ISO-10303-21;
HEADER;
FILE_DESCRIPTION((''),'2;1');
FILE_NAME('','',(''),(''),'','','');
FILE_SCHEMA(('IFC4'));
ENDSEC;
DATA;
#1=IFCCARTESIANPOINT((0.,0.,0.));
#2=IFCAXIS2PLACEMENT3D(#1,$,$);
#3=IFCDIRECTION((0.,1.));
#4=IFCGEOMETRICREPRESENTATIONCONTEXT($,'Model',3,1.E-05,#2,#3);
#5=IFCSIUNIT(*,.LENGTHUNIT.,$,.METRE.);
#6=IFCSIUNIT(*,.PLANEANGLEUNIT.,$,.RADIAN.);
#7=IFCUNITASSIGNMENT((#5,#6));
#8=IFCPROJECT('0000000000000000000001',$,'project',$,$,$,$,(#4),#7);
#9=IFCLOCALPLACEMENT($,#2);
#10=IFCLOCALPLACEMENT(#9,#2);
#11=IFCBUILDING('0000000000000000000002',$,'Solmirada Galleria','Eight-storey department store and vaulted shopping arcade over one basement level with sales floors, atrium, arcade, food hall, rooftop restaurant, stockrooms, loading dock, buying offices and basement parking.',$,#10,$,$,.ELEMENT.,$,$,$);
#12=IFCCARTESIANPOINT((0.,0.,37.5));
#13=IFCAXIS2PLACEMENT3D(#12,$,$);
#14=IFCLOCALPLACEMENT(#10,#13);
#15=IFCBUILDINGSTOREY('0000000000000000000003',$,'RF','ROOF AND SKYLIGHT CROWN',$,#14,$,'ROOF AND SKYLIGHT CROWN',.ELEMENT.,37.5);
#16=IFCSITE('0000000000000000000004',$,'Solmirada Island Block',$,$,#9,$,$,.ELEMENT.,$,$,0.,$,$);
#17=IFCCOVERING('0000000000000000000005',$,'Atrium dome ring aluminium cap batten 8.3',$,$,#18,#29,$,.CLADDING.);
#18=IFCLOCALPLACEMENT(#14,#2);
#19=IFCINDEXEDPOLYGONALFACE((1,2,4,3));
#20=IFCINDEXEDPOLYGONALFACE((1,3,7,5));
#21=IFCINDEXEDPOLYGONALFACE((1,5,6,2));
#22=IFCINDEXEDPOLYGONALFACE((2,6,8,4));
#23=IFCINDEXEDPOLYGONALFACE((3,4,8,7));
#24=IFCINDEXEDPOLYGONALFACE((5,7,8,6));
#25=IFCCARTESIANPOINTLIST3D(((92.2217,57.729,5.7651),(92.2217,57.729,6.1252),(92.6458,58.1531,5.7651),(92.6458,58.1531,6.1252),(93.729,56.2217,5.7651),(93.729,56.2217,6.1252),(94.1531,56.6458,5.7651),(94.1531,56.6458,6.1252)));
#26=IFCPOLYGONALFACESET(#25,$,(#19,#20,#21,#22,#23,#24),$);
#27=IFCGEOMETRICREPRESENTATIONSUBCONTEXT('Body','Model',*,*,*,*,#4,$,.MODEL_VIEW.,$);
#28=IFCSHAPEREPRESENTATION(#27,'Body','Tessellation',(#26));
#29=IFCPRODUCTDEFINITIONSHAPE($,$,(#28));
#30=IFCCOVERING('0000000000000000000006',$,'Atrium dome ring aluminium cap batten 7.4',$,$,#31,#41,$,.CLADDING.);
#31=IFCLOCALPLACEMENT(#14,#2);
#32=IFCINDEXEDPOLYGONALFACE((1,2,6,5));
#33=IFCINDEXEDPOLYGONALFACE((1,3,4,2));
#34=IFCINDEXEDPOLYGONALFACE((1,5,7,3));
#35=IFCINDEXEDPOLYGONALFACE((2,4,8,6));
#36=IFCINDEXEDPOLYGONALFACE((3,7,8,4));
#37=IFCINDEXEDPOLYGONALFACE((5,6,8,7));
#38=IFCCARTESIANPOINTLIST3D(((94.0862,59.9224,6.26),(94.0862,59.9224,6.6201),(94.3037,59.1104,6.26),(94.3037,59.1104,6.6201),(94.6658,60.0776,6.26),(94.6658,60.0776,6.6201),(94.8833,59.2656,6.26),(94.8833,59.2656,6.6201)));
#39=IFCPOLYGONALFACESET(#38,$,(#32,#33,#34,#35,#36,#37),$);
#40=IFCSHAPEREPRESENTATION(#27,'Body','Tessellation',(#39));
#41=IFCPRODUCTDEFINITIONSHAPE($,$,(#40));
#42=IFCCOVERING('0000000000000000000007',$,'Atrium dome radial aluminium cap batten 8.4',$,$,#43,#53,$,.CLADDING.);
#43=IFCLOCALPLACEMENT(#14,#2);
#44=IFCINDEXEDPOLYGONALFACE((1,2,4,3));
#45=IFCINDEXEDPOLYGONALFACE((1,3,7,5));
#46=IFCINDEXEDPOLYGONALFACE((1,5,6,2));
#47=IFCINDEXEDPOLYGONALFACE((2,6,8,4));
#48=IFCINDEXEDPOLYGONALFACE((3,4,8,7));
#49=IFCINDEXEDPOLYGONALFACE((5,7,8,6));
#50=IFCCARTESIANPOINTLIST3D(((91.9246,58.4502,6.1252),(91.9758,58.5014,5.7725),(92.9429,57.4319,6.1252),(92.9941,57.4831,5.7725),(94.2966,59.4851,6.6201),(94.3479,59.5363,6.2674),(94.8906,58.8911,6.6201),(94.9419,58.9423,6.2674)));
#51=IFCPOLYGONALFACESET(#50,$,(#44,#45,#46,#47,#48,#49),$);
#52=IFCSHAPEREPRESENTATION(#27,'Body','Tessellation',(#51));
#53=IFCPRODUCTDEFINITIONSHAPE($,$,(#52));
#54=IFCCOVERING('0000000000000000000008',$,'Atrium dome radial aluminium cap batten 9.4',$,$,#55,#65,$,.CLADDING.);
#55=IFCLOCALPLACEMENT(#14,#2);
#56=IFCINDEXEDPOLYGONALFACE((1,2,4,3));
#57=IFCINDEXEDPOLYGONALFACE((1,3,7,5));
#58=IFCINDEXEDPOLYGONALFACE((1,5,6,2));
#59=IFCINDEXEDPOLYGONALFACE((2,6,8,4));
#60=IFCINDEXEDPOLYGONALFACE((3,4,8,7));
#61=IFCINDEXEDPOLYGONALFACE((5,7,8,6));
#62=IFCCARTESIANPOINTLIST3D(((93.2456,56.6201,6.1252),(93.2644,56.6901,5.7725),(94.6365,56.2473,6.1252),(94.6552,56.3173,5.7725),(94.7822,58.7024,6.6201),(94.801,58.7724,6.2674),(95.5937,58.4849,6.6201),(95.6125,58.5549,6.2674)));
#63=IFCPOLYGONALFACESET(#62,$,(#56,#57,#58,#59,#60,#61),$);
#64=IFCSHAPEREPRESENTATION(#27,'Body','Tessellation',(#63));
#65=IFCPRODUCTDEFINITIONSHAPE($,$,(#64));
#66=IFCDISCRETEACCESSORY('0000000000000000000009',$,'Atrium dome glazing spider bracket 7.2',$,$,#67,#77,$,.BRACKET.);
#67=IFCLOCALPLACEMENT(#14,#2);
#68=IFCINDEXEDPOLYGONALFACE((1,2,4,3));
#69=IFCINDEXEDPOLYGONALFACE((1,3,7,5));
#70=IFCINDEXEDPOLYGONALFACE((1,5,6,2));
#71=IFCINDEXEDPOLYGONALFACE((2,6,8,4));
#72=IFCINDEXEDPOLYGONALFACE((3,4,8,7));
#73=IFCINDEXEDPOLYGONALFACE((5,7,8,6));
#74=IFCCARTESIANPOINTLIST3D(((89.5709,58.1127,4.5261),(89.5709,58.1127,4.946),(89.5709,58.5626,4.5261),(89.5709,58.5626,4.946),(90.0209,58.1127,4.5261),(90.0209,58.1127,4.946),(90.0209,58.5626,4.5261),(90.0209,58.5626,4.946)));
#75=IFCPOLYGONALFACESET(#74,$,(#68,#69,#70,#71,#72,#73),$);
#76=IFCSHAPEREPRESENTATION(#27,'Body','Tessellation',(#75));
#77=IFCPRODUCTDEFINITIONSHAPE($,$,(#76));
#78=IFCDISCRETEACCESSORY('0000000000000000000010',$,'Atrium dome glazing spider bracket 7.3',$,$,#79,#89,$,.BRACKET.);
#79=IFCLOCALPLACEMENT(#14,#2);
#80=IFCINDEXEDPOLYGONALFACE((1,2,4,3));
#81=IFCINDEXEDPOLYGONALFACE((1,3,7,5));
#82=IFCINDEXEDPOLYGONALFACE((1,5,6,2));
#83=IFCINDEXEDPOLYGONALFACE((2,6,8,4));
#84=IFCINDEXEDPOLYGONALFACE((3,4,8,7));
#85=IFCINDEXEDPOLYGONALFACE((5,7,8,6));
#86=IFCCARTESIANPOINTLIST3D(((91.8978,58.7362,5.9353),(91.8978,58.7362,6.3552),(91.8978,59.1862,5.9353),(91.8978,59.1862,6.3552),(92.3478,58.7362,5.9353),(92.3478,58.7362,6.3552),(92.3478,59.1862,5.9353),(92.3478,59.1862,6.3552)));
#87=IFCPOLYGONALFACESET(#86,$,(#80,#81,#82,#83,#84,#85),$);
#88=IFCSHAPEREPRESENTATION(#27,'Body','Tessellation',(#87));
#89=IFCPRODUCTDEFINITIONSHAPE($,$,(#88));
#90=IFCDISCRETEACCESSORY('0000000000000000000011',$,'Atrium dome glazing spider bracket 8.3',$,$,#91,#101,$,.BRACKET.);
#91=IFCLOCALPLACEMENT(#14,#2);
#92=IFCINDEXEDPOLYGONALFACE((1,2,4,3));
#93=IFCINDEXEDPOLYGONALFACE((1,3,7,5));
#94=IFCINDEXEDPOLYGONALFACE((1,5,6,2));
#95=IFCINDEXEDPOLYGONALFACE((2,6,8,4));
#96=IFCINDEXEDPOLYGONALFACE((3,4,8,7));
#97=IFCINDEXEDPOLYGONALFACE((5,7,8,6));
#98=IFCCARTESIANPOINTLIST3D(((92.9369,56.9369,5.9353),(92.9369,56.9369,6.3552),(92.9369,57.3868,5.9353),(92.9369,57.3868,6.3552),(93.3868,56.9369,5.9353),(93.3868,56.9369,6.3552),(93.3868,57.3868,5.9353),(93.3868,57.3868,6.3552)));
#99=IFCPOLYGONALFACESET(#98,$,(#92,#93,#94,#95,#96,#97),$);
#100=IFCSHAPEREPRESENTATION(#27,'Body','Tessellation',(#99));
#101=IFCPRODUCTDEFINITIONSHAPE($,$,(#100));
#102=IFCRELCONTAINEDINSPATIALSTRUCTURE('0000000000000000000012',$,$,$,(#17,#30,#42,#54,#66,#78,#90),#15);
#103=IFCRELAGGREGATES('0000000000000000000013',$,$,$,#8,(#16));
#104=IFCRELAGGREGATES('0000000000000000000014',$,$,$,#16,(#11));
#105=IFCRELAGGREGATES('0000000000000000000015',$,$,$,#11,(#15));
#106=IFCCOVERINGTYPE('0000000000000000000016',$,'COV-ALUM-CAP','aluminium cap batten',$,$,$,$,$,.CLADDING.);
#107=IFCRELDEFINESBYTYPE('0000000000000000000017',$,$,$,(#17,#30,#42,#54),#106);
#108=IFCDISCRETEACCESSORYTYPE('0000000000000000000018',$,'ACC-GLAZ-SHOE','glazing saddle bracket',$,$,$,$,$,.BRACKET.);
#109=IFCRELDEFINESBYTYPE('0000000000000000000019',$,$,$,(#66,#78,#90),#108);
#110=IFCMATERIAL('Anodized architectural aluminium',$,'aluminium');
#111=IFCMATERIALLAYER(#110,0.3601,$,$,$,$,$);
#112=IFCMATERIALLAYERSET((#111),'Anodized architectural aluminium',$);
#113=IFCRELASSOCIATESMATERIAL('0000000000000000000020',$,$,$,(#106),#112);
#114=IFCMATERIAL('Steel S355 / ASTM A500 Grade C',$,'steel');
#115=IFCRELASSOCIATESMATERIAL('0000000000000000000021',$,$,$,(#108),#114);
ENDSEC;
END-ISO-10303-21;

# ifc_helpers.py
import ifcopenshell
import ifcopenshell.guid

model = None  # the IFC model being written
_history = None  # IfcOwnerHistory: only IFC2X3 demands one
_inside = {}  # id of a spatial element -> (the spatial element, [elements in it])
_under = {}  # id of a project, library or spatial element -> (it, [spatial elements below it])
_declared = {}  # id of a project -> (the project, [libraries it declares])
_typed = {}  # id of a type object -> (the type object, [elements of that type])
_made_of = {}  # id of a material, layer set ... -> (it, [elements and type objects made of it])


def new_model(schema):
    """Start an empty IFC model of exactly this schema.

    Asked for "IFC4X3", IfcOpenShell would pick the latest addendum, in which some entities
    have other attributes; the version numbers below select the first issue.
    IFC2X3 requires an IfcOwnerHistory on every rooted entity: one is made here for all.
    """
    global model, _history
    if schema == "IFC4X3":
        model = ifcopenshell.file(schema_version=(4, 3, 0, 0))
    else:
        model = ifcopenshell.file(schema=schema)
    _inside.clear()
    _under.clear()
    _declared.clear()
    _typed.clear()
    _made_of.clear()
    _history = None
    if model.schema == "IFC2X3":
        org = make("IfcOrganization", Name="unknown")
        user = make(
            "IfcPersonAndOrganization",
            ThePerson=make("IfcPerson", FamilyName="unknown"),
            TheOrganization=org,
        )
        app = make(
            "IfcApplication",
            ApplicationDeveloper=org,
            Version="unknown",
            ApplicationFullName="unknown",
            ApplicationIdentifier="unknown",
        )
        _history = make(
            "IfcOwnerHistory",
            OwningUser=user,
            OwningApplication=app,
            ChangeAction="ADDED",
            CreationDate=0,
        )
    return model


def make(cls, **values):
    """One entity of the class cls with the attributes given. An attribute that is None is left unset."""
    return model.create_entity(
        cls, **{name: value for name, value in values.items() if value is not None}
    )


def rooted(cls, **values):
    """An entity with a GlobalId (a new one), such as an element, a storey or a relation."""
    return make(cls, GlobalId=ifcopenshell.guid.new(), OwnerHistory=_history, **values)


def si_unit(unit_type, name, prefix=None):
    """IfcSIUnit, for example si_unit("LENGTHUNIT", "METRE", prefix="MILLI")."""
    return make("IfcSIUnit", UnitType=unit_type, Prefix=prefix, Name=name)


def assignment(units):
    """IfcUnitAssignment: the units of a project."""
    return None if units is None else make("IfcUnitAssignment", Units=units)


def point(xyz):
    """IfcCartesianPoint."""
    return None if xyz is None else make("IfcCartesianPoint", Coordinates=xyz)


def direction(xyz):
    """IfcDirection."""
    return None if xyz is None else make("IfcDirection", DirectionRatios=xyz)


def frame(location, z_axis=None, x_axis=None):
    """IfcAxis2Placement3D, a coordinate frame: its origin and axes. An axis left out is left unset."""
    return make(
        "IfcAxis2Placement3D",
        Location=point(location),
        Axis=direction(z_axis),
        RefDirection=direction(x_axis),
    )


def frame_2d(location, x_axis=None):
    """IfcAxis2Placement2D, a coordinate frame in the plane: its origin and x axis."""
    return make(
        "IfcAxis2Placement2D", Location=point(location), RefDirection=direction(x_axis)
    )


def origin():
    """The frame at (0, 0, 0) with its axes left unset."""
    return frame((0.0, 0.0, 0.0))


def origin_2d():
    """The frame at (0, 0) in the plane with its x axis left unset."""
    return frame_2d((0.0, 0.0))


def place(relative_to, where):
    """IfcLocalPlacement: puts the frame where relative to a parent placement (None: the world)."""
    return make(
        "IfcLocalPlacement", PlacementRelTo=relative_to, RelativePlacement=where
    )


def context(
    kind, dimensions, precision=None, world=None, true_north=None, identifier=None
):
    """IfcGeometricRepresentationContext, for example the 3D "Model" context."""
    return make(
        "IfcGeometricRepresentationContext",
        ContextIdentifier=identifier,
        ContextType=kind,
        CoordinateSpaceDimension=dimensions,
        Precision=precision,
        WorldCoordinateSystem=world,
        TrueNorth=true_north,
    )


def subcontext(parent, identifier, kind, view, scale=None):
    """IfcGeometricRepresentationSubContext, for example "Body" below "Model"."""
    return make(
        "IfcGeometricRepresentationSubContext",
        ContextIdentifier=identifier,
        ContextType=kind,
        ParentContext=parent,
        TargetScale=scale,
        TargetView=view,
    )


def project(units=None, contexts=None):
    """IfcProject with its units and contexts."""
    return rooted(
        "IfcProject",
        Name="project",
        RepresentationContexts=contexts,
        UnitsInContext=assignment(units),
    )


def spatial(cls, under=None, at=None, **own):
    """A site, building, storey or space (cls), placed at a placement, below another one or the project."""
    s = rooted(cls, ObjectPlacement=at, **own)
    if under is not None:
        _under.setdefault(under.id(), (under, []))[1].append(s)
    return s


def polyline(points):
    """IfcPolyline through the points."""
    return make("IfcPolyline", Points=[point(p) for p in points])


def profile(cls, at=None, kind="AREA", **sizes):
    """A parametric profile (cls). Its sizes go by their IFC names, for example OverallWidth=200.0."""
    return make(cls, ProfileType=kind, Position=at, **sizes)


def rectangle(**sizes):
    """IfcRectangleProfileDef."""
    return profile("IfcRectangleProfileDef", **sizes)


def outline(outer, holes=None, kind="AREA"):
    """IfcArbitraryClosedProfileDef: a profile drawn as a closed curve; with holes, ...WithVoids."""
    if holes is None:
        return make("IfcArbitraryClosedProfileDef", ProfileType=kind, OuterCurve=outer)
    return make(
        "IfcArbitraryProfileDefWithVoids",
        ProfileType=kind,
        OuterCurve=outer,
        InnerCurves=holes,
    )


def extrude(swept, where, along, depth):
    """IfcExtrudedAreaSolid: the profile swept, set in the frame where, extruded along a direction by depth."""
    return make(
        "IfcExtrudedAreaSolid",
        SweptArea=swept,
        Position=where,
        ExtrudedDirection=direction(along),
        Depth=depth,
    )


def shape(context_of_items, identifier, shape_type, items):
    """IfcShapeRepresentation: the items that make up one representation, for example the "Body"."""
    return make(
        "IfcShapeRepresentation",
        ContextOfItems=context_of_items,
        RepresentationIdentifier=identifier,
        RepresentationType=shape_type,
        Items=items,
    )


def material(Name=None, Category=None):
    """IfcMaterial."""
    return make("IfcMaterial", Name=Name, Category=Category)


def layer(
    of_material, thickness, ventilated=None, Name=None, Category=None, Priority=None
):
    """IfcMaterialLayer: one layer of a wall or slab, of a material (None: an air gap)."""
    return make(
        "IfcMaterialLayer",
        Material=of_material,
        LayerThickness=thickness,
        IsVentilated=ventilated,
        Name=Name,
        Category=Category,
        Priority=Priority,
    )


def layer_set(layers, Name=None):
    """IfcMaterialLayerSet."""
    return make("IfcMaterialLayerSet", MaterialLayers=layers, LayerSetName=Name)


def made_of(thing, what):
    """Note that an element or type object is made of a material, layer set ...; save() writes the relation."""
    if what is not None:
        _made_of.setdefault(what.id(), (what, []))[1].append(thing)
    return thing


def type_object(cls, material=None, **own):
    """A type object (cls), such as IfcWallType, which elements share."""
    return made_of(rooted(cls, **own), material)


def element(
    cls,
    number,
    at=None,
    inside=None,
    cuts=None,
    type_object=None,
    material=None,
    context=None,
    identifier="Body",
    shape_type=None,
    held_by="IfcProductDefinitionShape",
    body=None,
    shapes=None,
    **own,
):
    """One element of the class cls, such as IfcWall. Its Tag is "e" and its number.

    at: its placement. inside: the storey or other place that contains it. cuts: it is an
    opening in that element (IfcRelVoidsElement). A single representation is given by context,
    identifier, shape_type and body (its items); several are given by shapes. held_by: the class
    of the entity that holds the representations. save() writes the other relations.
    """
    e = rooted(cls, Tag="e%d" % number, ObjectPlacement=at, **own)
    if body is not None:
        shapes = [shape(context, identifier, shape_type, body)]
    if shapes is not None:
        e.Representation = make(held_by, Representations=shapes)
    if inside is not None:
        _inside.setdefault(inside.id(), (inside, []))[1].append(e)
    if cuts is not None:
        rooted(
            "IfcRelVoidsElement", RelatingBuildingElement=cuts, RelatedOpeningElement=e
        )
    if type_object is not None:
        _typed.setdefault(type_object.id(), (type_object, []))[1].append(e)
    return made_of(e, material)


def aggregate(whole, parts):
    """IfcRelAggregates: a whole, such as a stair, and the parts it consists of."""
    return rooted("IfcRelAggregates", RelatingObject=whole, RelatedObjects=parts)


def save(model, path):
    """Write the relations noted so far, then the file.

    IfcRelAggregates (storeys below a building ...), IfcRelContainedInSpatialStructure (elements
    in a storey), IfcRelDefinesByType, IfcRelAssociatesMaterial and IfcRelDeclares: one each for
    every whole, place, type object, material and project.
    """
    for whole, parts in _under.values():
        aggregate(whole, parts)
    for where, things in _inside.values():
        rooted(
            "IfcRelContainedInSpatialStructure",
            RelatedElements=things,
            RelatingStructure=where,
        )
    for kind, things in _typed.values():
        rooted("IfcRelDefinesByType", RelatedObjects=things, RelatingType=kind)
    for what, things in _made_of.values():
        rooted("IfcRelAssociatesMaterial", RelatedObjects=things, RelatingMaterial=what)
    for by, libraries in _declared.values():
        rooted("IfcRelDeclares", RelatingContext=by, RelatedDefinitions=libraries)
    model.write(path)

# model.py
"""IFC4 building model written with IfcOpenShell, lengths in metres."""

from ifc_helpers import new_model, si_unit, direction, frame, origin, origin_2d, place, context, subcontext, project, spatial, polyline, rectangle, outline, extrude, material, layer, layer_set, type_object, element, save


model = new_model("IFC4")

# Units and contexts
model_context = context("Model", 3, precision=1e-05, world=origin(), true_north=direction((0.0, 1.0)))
body_context = subcontext(model_context, "Body", "Model", "MODEL_VIEW")
ifc_project = project(units=[si_unit("LENGTHUNIT", "METRE"), si_unit("PLANEANGLEUNIT", "RADIAN")], contexts=[model_context])

# Site, building, storey
site_placement = place(None, origin())
site = spatial("IfcSite", under=ifc_project, at=site_placement, Name="Solmirada Island Block", CompositionType="ELEMENT", RefElevation=0.0)
building_placement = place(site_placement, origin())
building = spatial("IfcBuilding", under=site, at=building_placement, Name="Solmirada Galleria", Description="Eight-storey department store and vaulted shopping arcade over one basement level with sales floors, atrium, arcade, food hall, rooftop restaurant, stockrooms, loading dock, buying offices and basement parking.", CompositionType="ELEMENT")
storey_placement = place(building_placement, frame((0.0, 0.0, 37.5)))
storey = spatial("IfcBuildingStorey", under=building, at=storey_placement, Name="RF", Description="ROOF AND SKYLIGHT CROWN", LongName="ROOF AND SKYLIGHT CROWN", CompositionType="ELEMENT", Elevation=37.5)

# Shared definitions
ifc_material_1 = material(Name="Steel S355 / ASTM A500 Grade C", Category="steel")

# Coverings
ifc_material_2 = material(Name="Anodized architectural aluminium", Category="aluminium")
ifc_layer_1 = layer(ifc_material_2, 0.3601)
ifc_layer_set_1 = layer_set([ifc_layer_1], Name="Anodized architectural aluminium")
covering_type = type_object("IfcCoveringType", Name="COV-ALUM-CAP", Description="aluminium cap batten", PredefinedType="CLADDING", material=ifc_layer_set_1)
covering_1_placement = place(storey_placement, frame((92.2217, 57.729, 6.1252), z_axis=(0.0, 0.0, 1.0), x_axis=(0.707107, 0.707107, 0.0)))
element("IfcCovering", 1, at=covering_1_placement, inside=storey, type_object=covering_type, Name="Atrium dome ring aluminium cap batten 8.3", PredefinedType="CLADDING", context=body_context, shape_type="SweptSolid", body=[
    extrude(outline(polyline([(0.0, 0.0), (0.5997, 0.0), (0.5997, -2.1317), (0.0, -2.1317), (0.0, 0.0)])), origin(), (0.0, 0.0, -1.0), 0.3601),
])
covering_2_placement = place(storey_placement, frame((94.0862, 59.9224, 6.6201), z_axis=(0.0, 0.0, 1.0), x_axis=(0.965937, 0.258777, 0.0)))
element("IfcCovering", 2, at=covering_2_placement, inside=storey, type_object=covering_type, Name="Atrium dome ring aluminium cap batten 7.4", PredefinedType="CLADDING", context=body_context, shape_type="SweptSolid", body=[
    extrude(outline(polyline([(0.0, 0.0), (0.6, 0.0), (0.6, -0.8406), (0.0, -0.8406), (0.0, 0.0)])), origin(), (0.0, 0.0, -1.0), 0.3601),
])
covering_3_placement = place(storey_placement, frame((91.9246, 58.4502, 6.1252), z_axis=(-0.142282, -0.142282, 0.979547), x_axis=(0.707107, -0.707107, 0.0)))
element("IfcCovering", 3, at=covering_3_placement, inside=storey, type_object=covering_type, Name="Atrium dome radial aluminium cap batten 8.4", PredefinedType="CLADDING", context=body_context, shape_type="SweptSolid", body=[
    extrude(outline(polyline([(0.0, 0.0), (1.4401, 0.0), (1.7855, 2.4594), (0.9455, 2.4594), (0.0, 0.0)])), origin(), (0.0, 0.0, -1.0), 0.3601),
])
covering_4_placement = place(storey_placement, frame((93.2456, 56.6201, 6.1252), z_axis=(-0.052095, -0.194356, 0.979547), x_axis=(0.965905, -0.258897, 0.000001)))
element("IfcCovering", 4, at=covering_4_placement, inside=storey, type_object=covering_type, Name="Atrium dome radial aluminium cap batten 9.4", PredefinedType="CLADDING", context=body_context, shape_type="SweptSolid", body=[
    extrude(outline(polyline([(0.0, 0.0), (1.44, 0.0), (1.7853, 2.4594), (0.9451, 2.4594), (0.0, 0.0)])), origin(), (0.0, 0.0, -1.0), 0.3601),
])

# Discrete accessories
discrete_accessory_type = type_object("IfcDiscreteAccessoryType", Name="ACC-GLAZ-SHOE", Description="glazing saddle bracket", PredefinedType="BRACKET", material=ifc_material_1)
for number, where, z_axis, x_axis, name in (
    (5, (89.7959, 58.3376, 4.5261), (0.0, 0.0, 1.0), (1.0, 0.0, 0.0), "Atrium dome glazing spider bracket 7.2"),
    (6, (92.1228, 58.9612, 5.9353), (0.0, 0.0, 1.0), (1.0, 0.0, 0.0), "Atrium dome glazing spider bracket 7.3"),
    (7, (93.1619, 57.1619, 5.9353), (0.0, 0.0, 1.0), (1.0, 0.0, 0.0), "Atrium dome glazing spider bracket 8.3"),
):
    element("IfcDiscreteAccessory", number, at=place(storey_placement, frame(where, z_axis=z_axis, x_axis=x_axis)), inside=storey, type_object=discrete_accessory_type, Name=name, PredefinedType="BRACKET", context=body_context, shape_type="SweptSolid", body=[
        extrude(rectangle(XDim=0.45, YDim=0.45, at=origin_2d()), origin(), (0.0, 0.0, 1.0), 0.4199),
    ])

save(model, "model.ifc")
